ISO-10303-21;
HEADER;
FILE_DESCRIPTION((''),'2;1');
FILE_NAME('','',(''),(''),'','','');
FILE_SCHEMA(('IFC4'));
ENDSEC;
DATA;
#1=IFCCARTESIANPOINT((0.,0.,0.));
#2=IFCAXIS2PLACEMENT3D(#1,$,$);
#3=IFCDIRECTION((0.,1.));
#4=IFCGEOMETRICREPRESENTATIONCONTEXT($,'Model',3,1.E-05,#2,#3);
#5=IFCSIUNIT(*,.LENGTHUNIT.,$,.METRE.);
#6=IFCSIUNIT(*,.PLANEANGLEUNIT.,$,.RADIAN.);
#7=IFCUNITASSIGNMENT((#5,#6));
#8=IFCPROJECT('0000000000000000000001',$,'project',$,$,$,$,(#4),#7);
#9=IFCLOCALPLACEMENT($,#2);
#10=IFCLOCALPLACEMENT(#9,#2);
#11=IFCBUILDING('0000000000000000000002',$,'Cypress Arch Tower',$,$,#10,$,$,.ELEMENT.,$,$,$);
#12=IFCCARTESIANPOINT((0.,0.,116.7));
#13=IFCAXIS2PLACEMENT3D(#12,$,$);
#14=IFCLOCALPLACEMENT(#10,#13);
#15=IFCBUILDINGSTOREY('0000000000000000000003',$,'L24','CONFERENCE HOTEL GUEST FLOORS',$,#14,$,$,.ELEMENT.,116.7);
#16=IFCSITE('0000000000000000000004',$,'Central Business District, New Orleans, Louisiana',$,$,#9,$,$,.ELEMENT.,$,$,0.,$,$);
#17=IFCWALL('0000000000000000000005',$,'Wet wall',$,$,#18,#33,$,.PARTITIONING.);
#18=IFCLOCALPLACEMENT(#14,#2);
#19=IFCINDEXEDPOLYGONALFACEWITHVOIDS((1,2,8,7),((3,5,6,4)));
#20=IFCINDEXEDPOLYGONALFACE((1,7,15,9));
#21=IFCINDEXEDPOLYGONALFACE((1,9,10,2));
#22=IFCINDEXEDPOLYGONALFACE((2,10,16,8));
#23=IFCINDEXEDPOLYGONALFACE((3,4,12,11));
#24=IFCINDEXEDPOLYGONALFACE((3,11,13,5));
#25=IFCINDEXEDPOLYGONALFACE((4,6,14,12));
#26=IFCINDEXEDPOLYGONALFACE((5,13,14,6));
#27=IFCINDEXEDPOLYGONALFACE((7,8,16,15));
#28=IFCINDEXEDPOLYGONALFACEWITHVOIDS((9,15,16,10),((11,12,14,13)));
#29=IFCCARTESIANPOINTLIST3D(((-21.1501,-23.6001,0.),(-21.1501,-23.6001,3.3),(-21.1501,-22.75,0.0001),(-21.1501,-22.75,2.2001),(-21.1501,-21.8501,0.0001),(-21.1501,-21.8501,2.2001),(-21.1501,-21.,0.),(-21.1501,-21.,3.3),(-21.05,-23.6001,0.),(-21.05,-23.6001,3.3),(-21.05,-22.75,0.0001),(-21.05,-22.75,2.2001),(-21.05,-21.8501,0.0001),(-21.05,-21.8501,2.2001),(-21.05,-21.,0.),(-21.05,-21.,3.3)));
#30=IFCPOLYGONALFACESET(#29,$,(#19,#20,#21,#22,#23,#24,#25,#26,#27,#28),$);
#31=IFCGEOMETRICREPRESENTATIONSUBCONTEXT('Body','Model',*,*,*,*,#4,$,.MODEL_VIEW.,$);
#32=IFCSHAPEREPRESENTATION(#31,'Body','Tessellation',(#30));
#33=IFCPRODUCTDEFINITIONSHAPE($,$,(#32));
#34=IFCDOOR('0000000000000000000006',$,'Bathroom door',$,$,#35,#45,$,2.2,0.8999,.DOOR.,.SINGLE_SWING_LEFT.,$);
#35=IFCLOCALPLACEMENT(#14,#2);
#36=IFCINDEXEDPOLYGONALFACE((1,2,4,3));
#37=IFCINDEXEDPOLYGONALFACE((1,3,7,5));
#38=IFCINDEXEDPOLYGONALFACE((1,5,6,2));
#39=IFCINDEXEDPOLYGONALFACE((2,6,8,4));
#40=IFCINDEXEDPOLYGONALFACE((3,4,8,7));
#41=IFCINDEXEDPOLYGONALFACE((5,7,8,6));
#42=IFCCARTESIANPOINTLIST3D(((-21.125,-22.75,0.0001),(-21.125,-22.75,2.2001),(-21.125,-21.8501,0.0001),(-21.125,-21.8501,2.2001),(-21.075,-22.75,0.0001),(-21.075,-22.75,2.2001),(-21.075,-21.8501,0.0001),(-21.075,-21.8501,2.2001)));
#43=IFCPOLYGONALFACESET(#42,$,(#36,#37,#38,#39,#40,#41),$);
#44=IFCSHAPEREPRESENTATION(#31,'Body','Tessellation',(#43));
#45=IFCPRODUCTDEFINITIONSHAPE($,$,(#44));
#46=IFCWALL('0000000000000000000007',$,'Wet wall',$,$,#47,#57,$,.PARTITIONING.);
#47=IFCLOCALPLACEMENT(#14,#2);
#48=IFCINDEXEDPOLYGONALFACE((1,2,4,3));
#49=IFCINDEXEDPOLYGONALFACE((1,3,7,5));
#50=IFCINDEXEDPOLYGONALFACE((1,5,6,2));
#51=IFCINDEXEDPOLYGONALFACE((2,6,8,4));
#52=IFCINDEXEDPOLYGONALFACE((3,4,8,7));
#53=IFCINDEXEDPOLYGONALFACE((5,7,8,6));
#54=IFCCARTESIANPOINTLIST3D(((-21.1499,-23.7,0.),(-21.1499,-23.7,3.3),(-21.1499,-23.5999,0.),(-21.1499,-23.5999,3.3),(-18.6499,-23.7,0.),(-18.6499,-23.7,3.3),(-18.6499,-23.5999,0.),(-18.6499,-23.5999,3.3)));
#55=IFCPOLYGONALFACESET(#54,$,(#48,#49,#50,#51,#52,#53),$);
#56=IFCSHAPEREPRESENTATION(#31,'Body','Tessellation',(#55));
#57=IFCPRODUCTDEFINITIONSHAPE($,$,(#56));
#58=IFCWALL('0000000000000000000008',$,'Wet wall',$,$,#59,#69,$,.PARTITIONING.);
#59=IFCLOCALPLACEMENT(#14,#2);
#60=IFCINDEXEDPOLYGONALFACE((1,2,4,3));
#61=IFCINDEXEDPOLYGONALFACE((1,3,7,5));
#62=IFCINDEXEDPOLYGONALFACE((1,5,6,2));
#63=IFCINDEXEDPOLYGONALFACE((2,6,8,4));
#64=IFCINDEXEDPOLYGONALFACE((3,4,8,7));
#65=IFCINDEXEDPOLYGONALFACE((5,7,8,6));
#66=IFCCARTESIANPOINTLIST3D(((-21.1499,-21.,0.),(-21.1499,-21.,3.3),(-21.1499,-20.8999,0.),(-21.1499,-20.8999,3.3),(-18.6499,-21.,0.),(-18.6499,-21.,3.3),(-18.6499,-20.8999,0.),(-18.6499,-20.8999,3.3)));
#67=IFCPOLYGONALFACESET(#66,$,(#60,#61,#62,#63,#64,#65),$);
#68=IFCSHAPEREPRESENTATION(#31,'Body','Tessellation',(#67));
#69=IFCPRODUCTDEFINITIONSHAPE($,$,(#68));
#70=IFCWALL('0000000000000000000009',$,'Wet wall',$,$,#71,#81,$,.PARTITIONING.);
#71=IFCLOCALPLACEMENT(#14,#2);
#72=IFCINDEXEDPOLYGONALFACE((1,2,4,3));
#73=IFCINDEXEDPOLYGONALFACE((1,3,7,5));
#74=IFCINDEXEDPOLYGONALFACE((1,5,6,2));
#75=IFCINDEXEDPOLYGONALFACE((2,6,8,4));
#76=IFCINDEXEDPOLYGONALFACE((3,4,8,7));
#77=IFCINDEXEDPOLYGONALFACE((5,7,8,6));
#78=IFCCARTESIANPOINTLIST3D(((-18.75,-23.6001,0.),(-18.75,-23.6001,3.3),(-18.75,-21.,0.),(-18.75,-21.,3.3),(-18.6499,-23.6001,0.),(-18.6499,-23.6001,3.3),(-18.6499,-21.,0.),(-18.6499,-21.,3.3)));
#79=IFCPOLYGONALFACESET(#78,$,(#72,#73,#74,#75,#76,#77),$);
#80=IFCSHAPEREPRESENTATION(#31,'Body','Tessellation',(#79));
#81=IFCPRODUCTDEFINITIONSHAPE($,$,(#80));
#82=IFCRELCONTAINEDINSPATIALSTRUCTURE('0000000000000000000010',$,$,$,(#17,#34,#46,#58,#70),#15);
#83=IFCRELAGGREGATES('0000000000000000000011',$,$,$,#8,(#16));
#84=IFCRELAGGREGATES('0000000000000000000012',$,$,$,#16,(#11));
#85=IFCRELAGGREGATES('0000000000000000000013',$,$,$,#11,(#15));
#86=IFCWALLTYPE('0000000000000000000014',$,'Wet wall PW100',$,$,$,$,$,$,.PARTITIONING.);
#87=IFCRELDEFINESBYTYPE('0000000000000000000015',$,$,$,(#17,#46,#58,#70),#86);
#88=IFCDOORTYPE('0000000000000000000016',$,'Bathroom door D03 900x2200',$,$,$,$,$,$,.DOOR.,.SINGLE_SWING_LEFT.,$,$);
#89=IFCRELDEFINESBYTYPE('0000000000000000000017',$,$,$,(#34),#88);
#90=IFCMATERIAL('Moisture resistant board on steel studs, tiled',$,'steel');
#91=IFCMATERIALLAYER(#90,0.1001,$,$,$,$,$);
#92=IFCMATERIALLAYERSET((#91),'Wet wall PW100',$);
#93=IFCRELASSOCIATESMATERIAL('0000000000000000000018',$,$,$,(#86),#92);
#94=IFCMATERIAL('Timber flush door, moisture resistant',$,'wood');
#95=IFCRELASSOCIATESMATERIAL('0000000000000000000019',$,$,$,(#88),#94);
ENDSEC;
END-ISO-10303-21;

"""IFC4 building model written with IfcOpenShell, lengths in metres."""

from ifc_helpers import new_model, si_unit, direction, frame, frame_2d, origin, place, context, subcontext, project, spatial, rectangle, extrude, material, layer, layer_set, type_object, element, fill, save


model = new_model("IFC4")

# Units and contexts
model_context = context("Model", 3, precision=1e-05, world=origin(), true_north=direction((0.0, 1.0)))
body_context = subcontext(model_context, "Body", "Model", "MODEL_VIEW")
ifc_project = project(units=[si_unit("LENGTHUNIT", "METRE"), si_unit("PLANEANGLEUNIT", "RADIAN")], contexts=[model_context])

# Site, building, storey
site_placement = place(None, origin())
site = spatial("IfcSite", under=ifc_project, at=site_placement, Name="Central Business District, New Orleans, Louisiana", CompositionType="ELEMENT", RefElevation=0.0)
building_placement = place(site_placement, origin())
building = spatial("IfcBuilding", under=site, at=building_placement, Name="Cypress Arch Tower", CompositionType="ELEMENT")
storey_placement = place(building_placement, frame((0.0, 0.0, 116.7)))
storey = spatial("IfcBuildingStorey", under=building, at=storey_placement, Name="L24", Description="CONFERENCE HOTEL GUEST FLOORS", CompositionType="ELEMENT", Elevation=116.7)

# Wall, opening, door
ifc_material_1 = material(Name="Moisture resistant board on steel studs, tiled", Category="steel")
ifc_layer_1 = layer(ifc_material_1, 0.1001)
ifc_layer_set_1 = layer_set([ifc_layer_1], Name="Wet wall PW100")
wall_type_1 = type_object("IfcWallType", Name="Wet wall PW100", PredefinedType="PARTITIONING", material=ifc_layer_set_1)
wall_1_placement = place(storey_placement, frame((-21.1001, -23.6001, 0.0), z_axis=(0.0, 0.0, 1.0), x_axis=(0.0, 1.0, 0.0)))
wall_1 = element("IfcWall", 1, at=wall_1_placement, inside=storey, type_object=wall_type_1, Name="Wet wall", PredefinedType="PARTITIONING", context=body_context, shape_type="SweptSolid", body=[
    extrude(rectangle(XDim=2.6001, YDim=0.1001, at=frame_2d((1.3, 0.0))), origin(), (0.0, 0.0, 1.0), 3.3),
])
opening_1_placement = place(wall_1_placement, frame((0.8501, 0.0, 0.0)))
opening_1 = element("IfcOpeningElement", 2, at=opening_1_placement, cuts=wall_1, PredefinedType="OPENING", context=body_context, shape_type="SweptSolid", body=[
    extrude(rectangle(XDim=0.8999, YDim=2.2, at=frame_2d((0.45, 1.1001))), frame((0.0, 0.0601, 0.0), z_axis=(0.0, -1.0, 0.0), x_axis=(1.0, 0.0, 0.0)), (0.0, 0.0, 1.0), 0.1201),
])
ifc_material_2 = material(Name="Timber flush door, moisture resistant", Category="wood")
door_type_1 = type_object("IfcDoorType", Name="Bathroom door D03 900x2200", OperationType="SINGLE_SWING_LEFT", PredefinedType="DOOR", material=ifc_material_2)
door_1_placement = place(opening_1_placement, origin())
door_1 = element("IfcDoor", 3, at=door_1_placement, inside=storey, type_object=door_type_1, Name="Bathroom door", OperationType="SINGLE_SWING_LEFT", OverallHeight=2.2, OverallWidth=0.8999, PredefinedType="DOOR", context=body_context, shape_type="SweptSolid", body=[
    extrude(rectangle(XDim=0.8999, YDim=2.2, at=frame_2d((0.45, 1.1001))), frame((0.0, 0.0249, 0.0), z_axis=(0.0, -1.0, 0.0), x_axis=(1.0, 0.0, 0.0)), (0.0, 0.0, 1.0), 0.05),
])
fill(opening_1, door_1)

# Walls
for number, where, z_axis, x_axis, name in (
    (4, (-21.1499, -23.6499, 0.0), (0.0, 0.0, 1.0), (1.0, 0.0, 0.0), "Wet wall"),
    (5, (-21.1499, -20.95, 0.0), (0.0, 0.0, 1.0), (1.0, 0.0, 0.0), "Wet wall"),
):
    element("IfcWall", number, at=place(storey_placement, frame(where, z_axis=z_axis, x_axis=x_axis)), inside=storey, type_object=wall_type_1, Name=name, PredefinedType="PARTITIONING", context=body_context, shape_type="SweptSolid", body=[
        extrude(rectangle(XDim=2.5, YDim=0.1001, at=frame_2d((1.25, 0.0))), origin(), (0.0, 0.0, 1.0), 3.3),
    ])
wall_2_placement = place(storey_placement, frame((-18.7, -23.6001, 0.0), z_axis=(0.0, 0.0, 1.0), x_axis=(0.0, 1.0, 0.0)))
element("IfcWall", 6, at=wall_2_placement, inside=storey, type_object=wall_type_1, Name="Wet wall", PredefinedType="PARTITIONING", context=body_context, shape_type="SweptSolid", body=[
    extrude(rectangle(XDim=2.6001, YDim=0.1001, at=frame_2d((1.3, 0.0))), origin(), (0.0, 0.0, 1.0), 3.3),
])

save(model, "model.ifc")
